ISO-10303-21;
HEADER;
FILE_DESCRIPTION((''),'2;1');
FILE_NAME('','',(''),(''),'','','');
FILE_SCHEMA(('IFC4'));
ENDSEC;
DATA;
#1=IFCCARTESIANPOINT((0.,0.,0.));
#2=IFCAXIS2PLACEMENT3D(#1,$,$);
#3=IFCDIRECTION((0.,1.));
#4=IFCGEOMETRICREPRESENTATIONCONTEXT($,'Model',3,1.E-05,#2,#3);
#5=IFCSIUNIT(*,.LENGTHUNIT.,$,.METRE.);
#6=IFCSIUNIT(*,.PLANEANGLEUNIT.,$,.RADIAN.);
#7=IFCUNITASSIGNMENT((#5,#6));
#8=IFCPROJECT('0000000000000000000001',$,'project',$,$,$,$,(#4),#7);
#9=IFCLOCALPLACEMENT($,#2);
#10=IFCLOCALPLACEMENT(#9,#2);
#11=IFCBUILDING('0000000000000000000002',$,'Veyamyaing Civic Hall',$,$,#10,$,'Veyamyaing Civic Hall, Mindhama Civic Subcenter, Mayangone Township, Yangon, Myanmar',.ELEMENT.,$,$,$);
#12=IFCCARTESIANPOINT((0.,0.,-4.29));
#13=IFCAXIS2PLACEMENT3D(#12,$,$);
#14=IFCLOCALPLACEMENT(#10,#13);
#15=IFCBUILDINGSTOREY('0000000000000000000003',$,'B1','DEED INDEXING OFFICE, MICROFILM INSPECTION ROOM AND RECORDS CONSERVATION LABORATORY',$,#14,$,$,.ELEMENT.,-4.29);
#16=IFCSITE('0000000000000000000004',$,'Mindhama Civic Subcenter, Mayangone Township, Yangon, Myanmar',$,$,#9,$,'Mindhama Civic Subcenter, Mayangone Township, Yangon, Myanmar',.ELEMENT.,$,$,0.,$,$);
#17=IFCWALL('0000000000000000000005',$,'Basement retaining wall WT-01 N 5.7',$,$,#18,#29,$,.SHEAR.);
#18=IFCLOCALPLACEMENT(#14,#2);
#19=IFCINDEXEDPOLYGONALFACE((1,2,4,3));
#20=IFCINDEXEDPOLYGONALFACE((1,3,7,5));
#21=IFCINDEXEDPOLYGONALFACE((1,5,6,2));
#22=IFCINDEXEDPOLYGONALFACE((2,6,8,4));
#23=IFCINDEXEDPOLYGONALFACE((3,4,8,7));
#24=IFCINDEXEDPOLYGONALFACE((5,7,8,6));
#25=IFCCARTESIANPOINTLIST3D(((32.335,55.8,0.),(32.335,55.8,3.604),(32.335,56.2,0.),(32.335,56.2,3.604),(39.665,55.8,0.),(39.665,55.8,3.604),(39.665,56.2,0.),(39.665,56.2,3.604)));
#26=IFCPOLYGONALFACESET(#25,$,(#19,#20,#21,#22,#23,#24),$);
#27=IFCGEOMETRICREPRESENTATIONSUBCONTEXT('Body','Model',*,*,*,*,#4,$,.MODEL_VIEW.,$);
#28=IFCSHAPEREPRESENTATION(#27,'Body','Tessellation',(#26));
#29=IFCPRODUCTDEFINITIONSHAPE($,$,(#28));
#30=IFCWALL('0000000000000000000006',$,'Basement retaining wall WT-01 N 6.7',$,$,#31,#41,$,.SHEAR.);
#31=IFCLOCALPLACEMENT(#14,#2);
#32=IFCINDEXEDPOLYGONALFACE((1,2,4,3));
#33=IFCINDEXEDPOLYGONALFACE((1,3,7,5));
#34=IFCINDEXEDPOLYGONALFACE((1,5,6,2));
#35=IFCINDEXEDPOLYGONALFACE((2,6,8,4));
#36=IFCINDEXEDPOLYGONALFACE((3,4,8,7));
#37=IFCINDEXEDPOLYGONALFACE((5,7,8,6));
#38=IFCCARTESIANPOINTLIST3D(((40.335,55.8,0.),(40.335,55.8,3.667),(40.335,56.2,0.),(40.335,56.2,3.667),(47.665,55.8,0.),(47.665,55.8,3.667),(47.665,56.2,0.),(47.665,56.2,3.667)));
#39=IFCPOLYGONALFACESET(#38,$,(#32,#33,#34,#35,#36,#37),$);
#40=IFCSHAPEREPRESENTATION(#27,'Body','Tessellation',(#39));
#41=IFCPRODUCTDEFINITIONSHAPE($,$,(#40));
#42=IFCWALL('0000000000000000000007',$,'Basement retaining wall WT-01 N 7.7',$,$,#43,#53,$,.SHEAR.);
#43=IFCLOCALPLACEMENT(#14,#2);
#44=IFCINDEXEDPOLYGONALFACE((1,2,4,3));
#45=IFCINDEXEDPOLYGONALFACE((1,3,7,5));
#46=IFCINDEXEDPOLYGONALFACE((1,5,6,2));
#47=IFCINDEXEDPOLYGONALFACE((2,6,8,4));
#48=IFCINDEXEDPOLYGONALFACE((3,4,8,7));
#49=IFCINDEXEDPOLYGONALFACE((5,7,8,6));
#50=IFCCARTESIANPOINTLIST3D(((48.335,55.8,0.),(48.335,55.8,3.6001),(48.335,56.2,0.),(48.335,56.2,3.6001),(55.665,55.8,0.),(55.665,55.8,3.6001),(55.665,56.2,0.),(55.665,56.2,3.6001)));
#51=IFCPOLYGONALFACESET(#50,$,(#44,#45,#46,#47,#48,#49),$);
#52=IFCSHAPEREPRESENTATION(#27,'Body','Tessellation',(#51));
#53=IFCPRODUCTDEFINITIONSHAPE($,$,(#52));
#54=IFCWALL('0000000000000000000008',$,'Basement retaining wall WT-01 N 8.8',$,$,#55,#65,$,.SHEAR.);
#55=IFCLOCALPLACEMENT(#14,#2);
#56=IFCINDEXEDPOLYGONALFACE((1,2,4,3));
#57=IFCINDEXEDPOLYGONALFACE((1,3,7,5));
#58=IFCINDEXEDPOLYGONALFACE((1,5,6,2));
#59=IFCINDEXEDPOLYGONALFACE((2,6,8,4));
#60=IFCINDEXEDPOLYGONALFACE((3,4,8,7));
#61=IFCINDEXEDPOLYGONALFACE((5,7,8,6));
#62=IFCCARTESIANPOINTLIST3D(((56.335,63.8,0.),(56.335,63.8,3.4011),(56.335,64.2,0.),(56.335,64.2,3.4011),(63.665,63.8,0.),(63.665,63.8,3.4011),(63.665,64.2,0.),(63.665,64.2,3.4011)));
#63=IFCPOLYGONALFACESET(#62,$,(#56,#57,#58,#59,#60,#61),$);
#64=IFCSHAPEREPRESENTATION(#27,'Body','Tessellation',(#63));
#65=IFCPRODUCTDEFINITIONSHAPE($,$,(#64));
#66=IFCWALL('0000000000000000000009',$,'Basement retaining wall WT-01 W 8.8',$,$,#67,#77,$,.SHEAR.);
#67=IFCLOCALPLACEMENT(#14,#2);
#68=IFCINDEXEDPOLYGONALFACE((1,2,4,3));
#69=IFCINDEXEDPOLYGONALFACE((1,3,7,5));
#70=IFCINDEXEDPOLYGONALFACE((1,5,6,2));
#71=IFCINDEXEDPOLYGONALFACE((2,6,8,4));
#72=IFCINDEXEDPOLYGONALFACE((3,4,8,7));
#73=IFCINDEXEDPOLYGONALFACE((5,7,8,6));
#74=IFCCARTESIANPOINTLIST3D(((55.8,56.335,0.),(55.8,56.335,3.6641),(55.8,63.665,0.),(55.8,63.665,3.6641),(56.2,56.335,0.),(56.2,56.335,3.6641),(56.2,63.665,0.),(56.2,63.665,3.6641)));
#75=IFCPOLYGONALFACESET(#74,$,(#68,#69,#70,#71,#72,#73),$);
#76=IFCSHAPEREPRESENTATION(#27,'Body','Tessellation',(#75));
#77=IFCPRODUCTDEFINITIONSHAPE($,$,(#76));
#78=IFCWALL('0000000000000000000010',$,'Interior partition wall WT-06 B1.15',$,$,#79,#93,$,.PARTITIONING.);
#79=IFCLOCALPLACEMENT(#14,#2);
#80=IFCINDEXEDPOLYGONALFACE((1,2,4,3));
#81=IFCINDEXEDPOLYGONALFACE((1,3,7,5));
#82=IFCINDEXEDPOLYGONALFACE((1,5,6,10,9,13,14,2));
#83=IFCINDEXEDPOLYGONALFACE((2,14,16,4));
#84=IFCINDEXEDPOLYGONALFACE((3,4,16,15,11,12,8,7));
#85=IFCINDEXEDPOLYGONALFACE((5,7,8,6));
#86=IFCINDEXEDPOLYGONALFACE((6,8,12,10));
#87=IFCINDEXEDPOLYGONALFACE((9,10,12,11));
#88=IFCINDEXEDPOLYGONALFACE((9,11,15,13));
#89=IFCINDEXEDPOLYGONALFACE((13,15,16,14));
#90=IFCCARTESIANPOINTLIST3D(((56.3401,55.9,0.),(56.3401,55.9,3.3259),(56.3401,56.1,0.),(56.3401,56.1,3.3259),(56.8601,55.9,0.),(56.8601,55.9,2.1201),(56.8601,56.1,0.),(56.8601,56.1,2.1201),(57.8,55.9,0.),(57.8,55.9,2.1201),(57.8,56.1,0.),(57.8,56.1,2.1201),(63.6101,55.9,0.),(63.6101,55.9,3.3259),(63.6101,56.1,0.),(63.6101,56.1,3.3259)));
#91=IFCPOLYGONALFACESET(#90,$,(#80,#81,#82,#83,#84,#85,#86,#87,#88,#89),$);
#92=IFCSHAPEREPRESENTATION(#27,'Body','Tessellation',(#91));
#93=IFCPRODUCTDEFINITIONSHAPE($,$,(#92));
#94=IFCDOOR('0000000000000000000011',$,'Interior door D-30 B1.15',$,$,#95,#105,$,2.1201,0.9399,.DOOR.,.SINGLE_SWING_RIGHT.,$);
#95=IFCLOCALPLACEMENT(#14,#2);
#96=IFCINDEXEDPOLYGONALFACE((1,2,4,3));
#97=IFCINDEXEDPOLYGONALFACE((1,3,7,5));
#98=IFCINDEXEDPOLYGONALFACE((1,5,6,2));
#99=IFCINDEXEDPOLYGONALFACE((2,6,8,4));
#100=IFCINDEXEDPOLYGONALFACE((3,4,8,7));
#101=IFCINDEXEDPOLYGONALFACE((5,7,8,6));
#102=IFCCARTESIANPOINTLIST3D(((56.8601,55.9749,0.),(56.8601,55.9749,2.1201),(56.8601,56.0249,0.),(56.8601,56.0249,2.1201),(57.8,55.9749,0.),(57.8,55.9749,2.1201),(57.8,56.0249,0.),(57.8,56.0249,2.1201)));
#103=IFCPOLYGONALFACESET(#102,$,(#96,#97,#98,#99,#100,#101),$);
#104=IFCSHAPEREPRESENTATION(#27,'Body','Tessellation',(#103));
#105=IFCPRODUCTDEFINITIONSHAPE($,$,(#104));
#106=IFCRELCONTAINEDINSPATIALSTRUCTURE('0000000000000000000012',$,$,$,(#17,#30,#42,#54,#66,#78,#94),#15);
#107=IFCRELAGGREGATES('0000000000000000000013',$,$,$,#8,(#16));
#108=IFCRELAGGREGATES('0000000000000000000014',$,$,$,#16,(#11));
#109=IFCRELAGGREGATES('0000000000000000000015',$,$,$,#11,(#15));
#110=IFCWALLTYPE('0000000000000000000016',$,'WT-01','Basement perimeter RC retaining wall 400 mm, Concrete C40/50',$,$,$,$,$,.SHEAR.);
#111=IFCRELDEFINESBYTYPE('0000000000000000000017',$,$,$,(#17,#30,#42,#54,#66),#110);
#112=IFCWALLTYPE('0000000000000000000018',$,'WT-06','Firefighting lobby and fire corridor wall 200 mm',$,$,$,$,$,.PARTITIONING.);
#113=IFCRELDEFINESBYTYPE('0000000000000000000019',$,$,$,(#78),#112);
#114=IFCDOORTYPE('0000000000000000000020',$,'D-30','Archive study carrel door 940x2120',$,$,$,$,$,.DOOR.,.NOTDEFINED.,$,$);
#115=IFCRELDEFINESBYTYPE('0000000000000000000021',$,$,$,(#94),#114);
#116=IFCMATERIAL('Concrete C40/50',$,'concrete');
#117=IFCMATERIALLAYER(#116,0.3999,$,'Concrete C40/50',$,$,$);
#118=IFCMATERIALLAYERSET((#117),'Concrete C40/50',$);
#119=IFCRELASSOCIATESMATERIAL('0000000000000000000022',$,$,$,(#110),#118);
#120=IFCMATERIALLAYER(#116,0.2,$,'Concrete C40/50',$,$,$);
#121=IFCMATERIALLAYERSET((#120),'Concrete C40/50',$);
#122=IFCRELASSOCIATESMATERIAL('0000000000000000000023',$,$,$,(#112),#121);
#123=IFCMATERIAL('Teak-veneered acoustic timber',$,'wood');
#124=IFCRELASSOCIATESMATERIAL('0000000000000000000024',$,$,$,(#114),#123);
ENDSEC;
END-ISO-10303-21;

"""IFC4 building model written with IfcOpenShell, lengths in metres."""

from ifc_helpers import new_model, si_unit, direction, frame, frame_2d, origin, place, context, subcontext, project, spatial, rectangle, extrude, material, layer, layer_set, type_object, element, fill, save


model = new_model("IFC4")

# Units and contexts
model_context = context("Model", 3, precision=1e-05, world=origin(), true_north=direction((0.0, 1.0)))
body_context = subcontext(model_context, "Body", "Model", "MODEL_VIEW")
ifc_project = project(units=[si_unit("LENGTHUNIT", "METRE"), si_unit("PLANEANGLEUNIT", "RADIAN")], contexts=[model_context])

# Site, building, storey
site_placement = place(None, origin())
site = spatial("IfcSite", under=ifc_project, at=site_placement, Name="Mindhama Civic Subcenter, Mayangone Township, Yangon, Myanmar", LongName="Mindhama Civic Subcenter, Mayangone Township, Yangon, Myanmar", CompositionType="ELEMENT", RefElevation=0.0)
building_placement = place(site_placement, origin())
building = spatial("IfcBuilding", under=site, at=building_placement, Name="Veyamyaing Civic Hall", LongName="Veyamyaing Civic Hall, Mindhama Civic Subcenter, Mayangone Township, Yangon, Myanmar", CompositionType="ELEMENT")
storey_placement = place(building_placement, frame((0.0, 0.0, -4.29)))
storey = spatial("IfcBuildingStorey", under=building, at=storey_placement, Name="B1", Description="DEED INDEXING OFFICE, MICROFILM INSPECTION ROOM AND RECORDS CONSERVATION LABORATORY", CompositionType="ELEMENT", Elevation=-4.29)

# Shared definitions
ifc_material_1 = material(Name="Concrete C40/50", Category="concrete")

# Walls
ifc_layer_1 = layer(ifc_material_1, 0.3999, Name="Concrete C40/50")
ifc_layer_set_1 = layer_set([ifc_layer_1], Name="Concrete C40/50")
wall_type_1 = type_object("IfcWallType", Name="WT-01", Description="Basement perimeter RC retaining wall 400 mm, Concrete C40/50", PredefinedType="SHEAR", material=ifc_layer_set_1)
wall_1_placement = place(storey_placement, frame((32.335, 56.0, 0.0), z_axis=(0.0, 0.0, 1.0), x_axis=(1.0, 0.0, 0.0)))
element("IfcWall", 1, at=wall_1_placement, inside=storey, type_object=wall_type_1, Name="Basement retaining wall WT-01 N 5.7", PredefinedType="SHEAR", context=body_context, shape_type="SweptSolid", body=[
    extrude(rectangle(XDim=7.3301, YDim=0.3999, at=frame_2d((3.665, 0.0))), origin(), (0.0, 0.0, 1.0), 3.604),
])
wall_2_placement = place(storey_placement, frame((40.335, 56.0, 0.0), z_axis=(0.0, 0.0, 1.0), x_axis=(1.0, 0.0, 0.0)))
element("IfcWall", 2, at=wall_2_placement, inside=storey, type_object=wall_type_1, Name="Basement retaining wall WT-01 N 6.7", PredefinedType="SHEAR", context=body_context, shape_type="SweptSolid", body=[
    extrude(rectangle(XDim=7.3301, YDim=0.3999, at=frame_2d((3.665, 0.0))), origin(), (0.0, 0.0, 1.0), 3.667),
])
wall_3_placement = place(storey_placement, frame((48.335, 56.0, 0.0), z_axis=(0.0, 0.0, 1.0), x_axis=(1.0, 0.0, 0.0)))
element("IfcWall", 3, at=wall_3_placement, inside=storey, type_object=wall_type_1, Name="Basement retaining wall WT-01 N 7.7", PredefinedType="SHEAR", context=body_context, shape_type="SweptSolid", body=[
    extrude(rectangle(XDim=7.3301, YDim=0.3999, at=frame_2d((3.665, 0.0))), origin(), (0.0, 0.0, 1.0), 3.6001),
])
wall_4_placement = place(storey_placement, frame((56.335, 64.0, 0.0), z_axis=(0.0, 0.0, 1.0), x_axis=(1.0, 0.0, 0.0)))
element("IfcWall", 4, at=wall_4_placement, inside=storey, type_object=wall_type_1, Name="Basement retaining wall WT-01 N 8.8", PredefinedType="SHEAR", context=body_context, shape_type="SweptSolid", body=[
    extrude(rectangle(XDim=7.3301, YDim=0.3999, at=frame_2d((3.665, 0.0))), origin(), (0.0, 0.0, 1.0), 3.4011),
])
wall_5_placement = place(storey_placement, frame((56.0, 56.335, 0.0), z_axis=(0.0, 0.0, 1.0), x_axis=(0.0, 1.0, 0.0)))
element("IfcWall", 5, at=wall_5_placement, inside=storey, type_object=wall_type_1, Name="Basement retaining wall WT-01 W 8.8", PredefinedType="SHEAR", context=body_context, shape_type="SweptSolid", body=[
    extrude(rectangle(XDim=7.3301, YDim=0.3999, at=frame_2d((3.665, 0.0))), origin(), (0.0, 0.0, 1.0), 3.6641),
])

# Wall, opening, door
ifc_layer_2 = layer(ifc_material_1, 0.2, Name="Concrete C40/50")
ifc_layer_set_2 = layer_set([ifc_layer_2], Name="Concrete C40/50")
wall_type_2 = type_object("IfcWallType", Name="WT-06", Description="Firefighting lobby and fire corridor wall 200 mm", PredefinedType="PARTITIONING", material=ifc_layer_set_2)
wall_6_placement = place(storey_placement, frame((56.3401, 56.0, 0.0), z_axis=(0.0, 0.0, 1.0), x_axis=(1.0, 0.0, 0.0)))
wall_6 = element("IfcWall", 6, at=wall_6_placement, inside=storey, type_object=wall_type_2, Name="Interior partition wall WT-06 B1.15", PredefinedType="PARTITIONING", context=body_context, shape_type="SweptSolid", body=[
    extrude(rectangle(XDim=7.27, YDim=0.2, at=frame_2d((3.635, 0.0))), origin(), (0.0, 0.0, 1.0), 3.3259),
])
opening_placement = place(wall_6_placement, frame((0.52, 0.0, 0.0)))
opening = element("IfcOpeningElement", 7, at=opening_placement, cuts=wall_6, PredefinedType="OPENING", context=body_context, shape_type="SweptSolid", body=[
    extrude(rectangle(XDim=0.9399, YDim=2.1201, at=frame_2d((0.47, 1.0601))), frame((0.0, 0.1099, 0.0), z_axis=(0.0, -1.0, 0.0), x_axis=(1.0, 0.0, 0.0)), (0.0, 0.0, 1.0), 0.22),
])
ifc_material_2 = material(Name="Teak-veneered acoustic timber", Category="wood")
door_type = type_object("IfcDoorType", Name="D-30", Description="Archive study carrel door 940x2120", OperationType="NOTDEFINED", PredefinedType="DOOR", material=ifc_material_2)
door_placement = place(opening_placement, origin())
door = element("IfcDoor", 8, at=door_placement, inside=storey, type_object=door_type, Name="Interior door D-30 B1.15", OperationType="SINGLE_SWING_RIGHT", OverallHeight=2.1201, OverallWidth=0.9399, PredefinedType="DOOR", context=body_context, shape_type="SweptSolid", body=[
    extrude(rectangle(XDim=0.9399, YDim=2.1201, at=frame_2d((0.47, 1.0601))), frame((0.0, 0.0249, 0.0), z_axis=(0.0, -1.0, 0.0), x_axis=(1.0, 0.0, 0.0)), (0.0, 0.0, 1.0), 0.05),
])
fill(opening, door)

save(model, "model.ifc")
